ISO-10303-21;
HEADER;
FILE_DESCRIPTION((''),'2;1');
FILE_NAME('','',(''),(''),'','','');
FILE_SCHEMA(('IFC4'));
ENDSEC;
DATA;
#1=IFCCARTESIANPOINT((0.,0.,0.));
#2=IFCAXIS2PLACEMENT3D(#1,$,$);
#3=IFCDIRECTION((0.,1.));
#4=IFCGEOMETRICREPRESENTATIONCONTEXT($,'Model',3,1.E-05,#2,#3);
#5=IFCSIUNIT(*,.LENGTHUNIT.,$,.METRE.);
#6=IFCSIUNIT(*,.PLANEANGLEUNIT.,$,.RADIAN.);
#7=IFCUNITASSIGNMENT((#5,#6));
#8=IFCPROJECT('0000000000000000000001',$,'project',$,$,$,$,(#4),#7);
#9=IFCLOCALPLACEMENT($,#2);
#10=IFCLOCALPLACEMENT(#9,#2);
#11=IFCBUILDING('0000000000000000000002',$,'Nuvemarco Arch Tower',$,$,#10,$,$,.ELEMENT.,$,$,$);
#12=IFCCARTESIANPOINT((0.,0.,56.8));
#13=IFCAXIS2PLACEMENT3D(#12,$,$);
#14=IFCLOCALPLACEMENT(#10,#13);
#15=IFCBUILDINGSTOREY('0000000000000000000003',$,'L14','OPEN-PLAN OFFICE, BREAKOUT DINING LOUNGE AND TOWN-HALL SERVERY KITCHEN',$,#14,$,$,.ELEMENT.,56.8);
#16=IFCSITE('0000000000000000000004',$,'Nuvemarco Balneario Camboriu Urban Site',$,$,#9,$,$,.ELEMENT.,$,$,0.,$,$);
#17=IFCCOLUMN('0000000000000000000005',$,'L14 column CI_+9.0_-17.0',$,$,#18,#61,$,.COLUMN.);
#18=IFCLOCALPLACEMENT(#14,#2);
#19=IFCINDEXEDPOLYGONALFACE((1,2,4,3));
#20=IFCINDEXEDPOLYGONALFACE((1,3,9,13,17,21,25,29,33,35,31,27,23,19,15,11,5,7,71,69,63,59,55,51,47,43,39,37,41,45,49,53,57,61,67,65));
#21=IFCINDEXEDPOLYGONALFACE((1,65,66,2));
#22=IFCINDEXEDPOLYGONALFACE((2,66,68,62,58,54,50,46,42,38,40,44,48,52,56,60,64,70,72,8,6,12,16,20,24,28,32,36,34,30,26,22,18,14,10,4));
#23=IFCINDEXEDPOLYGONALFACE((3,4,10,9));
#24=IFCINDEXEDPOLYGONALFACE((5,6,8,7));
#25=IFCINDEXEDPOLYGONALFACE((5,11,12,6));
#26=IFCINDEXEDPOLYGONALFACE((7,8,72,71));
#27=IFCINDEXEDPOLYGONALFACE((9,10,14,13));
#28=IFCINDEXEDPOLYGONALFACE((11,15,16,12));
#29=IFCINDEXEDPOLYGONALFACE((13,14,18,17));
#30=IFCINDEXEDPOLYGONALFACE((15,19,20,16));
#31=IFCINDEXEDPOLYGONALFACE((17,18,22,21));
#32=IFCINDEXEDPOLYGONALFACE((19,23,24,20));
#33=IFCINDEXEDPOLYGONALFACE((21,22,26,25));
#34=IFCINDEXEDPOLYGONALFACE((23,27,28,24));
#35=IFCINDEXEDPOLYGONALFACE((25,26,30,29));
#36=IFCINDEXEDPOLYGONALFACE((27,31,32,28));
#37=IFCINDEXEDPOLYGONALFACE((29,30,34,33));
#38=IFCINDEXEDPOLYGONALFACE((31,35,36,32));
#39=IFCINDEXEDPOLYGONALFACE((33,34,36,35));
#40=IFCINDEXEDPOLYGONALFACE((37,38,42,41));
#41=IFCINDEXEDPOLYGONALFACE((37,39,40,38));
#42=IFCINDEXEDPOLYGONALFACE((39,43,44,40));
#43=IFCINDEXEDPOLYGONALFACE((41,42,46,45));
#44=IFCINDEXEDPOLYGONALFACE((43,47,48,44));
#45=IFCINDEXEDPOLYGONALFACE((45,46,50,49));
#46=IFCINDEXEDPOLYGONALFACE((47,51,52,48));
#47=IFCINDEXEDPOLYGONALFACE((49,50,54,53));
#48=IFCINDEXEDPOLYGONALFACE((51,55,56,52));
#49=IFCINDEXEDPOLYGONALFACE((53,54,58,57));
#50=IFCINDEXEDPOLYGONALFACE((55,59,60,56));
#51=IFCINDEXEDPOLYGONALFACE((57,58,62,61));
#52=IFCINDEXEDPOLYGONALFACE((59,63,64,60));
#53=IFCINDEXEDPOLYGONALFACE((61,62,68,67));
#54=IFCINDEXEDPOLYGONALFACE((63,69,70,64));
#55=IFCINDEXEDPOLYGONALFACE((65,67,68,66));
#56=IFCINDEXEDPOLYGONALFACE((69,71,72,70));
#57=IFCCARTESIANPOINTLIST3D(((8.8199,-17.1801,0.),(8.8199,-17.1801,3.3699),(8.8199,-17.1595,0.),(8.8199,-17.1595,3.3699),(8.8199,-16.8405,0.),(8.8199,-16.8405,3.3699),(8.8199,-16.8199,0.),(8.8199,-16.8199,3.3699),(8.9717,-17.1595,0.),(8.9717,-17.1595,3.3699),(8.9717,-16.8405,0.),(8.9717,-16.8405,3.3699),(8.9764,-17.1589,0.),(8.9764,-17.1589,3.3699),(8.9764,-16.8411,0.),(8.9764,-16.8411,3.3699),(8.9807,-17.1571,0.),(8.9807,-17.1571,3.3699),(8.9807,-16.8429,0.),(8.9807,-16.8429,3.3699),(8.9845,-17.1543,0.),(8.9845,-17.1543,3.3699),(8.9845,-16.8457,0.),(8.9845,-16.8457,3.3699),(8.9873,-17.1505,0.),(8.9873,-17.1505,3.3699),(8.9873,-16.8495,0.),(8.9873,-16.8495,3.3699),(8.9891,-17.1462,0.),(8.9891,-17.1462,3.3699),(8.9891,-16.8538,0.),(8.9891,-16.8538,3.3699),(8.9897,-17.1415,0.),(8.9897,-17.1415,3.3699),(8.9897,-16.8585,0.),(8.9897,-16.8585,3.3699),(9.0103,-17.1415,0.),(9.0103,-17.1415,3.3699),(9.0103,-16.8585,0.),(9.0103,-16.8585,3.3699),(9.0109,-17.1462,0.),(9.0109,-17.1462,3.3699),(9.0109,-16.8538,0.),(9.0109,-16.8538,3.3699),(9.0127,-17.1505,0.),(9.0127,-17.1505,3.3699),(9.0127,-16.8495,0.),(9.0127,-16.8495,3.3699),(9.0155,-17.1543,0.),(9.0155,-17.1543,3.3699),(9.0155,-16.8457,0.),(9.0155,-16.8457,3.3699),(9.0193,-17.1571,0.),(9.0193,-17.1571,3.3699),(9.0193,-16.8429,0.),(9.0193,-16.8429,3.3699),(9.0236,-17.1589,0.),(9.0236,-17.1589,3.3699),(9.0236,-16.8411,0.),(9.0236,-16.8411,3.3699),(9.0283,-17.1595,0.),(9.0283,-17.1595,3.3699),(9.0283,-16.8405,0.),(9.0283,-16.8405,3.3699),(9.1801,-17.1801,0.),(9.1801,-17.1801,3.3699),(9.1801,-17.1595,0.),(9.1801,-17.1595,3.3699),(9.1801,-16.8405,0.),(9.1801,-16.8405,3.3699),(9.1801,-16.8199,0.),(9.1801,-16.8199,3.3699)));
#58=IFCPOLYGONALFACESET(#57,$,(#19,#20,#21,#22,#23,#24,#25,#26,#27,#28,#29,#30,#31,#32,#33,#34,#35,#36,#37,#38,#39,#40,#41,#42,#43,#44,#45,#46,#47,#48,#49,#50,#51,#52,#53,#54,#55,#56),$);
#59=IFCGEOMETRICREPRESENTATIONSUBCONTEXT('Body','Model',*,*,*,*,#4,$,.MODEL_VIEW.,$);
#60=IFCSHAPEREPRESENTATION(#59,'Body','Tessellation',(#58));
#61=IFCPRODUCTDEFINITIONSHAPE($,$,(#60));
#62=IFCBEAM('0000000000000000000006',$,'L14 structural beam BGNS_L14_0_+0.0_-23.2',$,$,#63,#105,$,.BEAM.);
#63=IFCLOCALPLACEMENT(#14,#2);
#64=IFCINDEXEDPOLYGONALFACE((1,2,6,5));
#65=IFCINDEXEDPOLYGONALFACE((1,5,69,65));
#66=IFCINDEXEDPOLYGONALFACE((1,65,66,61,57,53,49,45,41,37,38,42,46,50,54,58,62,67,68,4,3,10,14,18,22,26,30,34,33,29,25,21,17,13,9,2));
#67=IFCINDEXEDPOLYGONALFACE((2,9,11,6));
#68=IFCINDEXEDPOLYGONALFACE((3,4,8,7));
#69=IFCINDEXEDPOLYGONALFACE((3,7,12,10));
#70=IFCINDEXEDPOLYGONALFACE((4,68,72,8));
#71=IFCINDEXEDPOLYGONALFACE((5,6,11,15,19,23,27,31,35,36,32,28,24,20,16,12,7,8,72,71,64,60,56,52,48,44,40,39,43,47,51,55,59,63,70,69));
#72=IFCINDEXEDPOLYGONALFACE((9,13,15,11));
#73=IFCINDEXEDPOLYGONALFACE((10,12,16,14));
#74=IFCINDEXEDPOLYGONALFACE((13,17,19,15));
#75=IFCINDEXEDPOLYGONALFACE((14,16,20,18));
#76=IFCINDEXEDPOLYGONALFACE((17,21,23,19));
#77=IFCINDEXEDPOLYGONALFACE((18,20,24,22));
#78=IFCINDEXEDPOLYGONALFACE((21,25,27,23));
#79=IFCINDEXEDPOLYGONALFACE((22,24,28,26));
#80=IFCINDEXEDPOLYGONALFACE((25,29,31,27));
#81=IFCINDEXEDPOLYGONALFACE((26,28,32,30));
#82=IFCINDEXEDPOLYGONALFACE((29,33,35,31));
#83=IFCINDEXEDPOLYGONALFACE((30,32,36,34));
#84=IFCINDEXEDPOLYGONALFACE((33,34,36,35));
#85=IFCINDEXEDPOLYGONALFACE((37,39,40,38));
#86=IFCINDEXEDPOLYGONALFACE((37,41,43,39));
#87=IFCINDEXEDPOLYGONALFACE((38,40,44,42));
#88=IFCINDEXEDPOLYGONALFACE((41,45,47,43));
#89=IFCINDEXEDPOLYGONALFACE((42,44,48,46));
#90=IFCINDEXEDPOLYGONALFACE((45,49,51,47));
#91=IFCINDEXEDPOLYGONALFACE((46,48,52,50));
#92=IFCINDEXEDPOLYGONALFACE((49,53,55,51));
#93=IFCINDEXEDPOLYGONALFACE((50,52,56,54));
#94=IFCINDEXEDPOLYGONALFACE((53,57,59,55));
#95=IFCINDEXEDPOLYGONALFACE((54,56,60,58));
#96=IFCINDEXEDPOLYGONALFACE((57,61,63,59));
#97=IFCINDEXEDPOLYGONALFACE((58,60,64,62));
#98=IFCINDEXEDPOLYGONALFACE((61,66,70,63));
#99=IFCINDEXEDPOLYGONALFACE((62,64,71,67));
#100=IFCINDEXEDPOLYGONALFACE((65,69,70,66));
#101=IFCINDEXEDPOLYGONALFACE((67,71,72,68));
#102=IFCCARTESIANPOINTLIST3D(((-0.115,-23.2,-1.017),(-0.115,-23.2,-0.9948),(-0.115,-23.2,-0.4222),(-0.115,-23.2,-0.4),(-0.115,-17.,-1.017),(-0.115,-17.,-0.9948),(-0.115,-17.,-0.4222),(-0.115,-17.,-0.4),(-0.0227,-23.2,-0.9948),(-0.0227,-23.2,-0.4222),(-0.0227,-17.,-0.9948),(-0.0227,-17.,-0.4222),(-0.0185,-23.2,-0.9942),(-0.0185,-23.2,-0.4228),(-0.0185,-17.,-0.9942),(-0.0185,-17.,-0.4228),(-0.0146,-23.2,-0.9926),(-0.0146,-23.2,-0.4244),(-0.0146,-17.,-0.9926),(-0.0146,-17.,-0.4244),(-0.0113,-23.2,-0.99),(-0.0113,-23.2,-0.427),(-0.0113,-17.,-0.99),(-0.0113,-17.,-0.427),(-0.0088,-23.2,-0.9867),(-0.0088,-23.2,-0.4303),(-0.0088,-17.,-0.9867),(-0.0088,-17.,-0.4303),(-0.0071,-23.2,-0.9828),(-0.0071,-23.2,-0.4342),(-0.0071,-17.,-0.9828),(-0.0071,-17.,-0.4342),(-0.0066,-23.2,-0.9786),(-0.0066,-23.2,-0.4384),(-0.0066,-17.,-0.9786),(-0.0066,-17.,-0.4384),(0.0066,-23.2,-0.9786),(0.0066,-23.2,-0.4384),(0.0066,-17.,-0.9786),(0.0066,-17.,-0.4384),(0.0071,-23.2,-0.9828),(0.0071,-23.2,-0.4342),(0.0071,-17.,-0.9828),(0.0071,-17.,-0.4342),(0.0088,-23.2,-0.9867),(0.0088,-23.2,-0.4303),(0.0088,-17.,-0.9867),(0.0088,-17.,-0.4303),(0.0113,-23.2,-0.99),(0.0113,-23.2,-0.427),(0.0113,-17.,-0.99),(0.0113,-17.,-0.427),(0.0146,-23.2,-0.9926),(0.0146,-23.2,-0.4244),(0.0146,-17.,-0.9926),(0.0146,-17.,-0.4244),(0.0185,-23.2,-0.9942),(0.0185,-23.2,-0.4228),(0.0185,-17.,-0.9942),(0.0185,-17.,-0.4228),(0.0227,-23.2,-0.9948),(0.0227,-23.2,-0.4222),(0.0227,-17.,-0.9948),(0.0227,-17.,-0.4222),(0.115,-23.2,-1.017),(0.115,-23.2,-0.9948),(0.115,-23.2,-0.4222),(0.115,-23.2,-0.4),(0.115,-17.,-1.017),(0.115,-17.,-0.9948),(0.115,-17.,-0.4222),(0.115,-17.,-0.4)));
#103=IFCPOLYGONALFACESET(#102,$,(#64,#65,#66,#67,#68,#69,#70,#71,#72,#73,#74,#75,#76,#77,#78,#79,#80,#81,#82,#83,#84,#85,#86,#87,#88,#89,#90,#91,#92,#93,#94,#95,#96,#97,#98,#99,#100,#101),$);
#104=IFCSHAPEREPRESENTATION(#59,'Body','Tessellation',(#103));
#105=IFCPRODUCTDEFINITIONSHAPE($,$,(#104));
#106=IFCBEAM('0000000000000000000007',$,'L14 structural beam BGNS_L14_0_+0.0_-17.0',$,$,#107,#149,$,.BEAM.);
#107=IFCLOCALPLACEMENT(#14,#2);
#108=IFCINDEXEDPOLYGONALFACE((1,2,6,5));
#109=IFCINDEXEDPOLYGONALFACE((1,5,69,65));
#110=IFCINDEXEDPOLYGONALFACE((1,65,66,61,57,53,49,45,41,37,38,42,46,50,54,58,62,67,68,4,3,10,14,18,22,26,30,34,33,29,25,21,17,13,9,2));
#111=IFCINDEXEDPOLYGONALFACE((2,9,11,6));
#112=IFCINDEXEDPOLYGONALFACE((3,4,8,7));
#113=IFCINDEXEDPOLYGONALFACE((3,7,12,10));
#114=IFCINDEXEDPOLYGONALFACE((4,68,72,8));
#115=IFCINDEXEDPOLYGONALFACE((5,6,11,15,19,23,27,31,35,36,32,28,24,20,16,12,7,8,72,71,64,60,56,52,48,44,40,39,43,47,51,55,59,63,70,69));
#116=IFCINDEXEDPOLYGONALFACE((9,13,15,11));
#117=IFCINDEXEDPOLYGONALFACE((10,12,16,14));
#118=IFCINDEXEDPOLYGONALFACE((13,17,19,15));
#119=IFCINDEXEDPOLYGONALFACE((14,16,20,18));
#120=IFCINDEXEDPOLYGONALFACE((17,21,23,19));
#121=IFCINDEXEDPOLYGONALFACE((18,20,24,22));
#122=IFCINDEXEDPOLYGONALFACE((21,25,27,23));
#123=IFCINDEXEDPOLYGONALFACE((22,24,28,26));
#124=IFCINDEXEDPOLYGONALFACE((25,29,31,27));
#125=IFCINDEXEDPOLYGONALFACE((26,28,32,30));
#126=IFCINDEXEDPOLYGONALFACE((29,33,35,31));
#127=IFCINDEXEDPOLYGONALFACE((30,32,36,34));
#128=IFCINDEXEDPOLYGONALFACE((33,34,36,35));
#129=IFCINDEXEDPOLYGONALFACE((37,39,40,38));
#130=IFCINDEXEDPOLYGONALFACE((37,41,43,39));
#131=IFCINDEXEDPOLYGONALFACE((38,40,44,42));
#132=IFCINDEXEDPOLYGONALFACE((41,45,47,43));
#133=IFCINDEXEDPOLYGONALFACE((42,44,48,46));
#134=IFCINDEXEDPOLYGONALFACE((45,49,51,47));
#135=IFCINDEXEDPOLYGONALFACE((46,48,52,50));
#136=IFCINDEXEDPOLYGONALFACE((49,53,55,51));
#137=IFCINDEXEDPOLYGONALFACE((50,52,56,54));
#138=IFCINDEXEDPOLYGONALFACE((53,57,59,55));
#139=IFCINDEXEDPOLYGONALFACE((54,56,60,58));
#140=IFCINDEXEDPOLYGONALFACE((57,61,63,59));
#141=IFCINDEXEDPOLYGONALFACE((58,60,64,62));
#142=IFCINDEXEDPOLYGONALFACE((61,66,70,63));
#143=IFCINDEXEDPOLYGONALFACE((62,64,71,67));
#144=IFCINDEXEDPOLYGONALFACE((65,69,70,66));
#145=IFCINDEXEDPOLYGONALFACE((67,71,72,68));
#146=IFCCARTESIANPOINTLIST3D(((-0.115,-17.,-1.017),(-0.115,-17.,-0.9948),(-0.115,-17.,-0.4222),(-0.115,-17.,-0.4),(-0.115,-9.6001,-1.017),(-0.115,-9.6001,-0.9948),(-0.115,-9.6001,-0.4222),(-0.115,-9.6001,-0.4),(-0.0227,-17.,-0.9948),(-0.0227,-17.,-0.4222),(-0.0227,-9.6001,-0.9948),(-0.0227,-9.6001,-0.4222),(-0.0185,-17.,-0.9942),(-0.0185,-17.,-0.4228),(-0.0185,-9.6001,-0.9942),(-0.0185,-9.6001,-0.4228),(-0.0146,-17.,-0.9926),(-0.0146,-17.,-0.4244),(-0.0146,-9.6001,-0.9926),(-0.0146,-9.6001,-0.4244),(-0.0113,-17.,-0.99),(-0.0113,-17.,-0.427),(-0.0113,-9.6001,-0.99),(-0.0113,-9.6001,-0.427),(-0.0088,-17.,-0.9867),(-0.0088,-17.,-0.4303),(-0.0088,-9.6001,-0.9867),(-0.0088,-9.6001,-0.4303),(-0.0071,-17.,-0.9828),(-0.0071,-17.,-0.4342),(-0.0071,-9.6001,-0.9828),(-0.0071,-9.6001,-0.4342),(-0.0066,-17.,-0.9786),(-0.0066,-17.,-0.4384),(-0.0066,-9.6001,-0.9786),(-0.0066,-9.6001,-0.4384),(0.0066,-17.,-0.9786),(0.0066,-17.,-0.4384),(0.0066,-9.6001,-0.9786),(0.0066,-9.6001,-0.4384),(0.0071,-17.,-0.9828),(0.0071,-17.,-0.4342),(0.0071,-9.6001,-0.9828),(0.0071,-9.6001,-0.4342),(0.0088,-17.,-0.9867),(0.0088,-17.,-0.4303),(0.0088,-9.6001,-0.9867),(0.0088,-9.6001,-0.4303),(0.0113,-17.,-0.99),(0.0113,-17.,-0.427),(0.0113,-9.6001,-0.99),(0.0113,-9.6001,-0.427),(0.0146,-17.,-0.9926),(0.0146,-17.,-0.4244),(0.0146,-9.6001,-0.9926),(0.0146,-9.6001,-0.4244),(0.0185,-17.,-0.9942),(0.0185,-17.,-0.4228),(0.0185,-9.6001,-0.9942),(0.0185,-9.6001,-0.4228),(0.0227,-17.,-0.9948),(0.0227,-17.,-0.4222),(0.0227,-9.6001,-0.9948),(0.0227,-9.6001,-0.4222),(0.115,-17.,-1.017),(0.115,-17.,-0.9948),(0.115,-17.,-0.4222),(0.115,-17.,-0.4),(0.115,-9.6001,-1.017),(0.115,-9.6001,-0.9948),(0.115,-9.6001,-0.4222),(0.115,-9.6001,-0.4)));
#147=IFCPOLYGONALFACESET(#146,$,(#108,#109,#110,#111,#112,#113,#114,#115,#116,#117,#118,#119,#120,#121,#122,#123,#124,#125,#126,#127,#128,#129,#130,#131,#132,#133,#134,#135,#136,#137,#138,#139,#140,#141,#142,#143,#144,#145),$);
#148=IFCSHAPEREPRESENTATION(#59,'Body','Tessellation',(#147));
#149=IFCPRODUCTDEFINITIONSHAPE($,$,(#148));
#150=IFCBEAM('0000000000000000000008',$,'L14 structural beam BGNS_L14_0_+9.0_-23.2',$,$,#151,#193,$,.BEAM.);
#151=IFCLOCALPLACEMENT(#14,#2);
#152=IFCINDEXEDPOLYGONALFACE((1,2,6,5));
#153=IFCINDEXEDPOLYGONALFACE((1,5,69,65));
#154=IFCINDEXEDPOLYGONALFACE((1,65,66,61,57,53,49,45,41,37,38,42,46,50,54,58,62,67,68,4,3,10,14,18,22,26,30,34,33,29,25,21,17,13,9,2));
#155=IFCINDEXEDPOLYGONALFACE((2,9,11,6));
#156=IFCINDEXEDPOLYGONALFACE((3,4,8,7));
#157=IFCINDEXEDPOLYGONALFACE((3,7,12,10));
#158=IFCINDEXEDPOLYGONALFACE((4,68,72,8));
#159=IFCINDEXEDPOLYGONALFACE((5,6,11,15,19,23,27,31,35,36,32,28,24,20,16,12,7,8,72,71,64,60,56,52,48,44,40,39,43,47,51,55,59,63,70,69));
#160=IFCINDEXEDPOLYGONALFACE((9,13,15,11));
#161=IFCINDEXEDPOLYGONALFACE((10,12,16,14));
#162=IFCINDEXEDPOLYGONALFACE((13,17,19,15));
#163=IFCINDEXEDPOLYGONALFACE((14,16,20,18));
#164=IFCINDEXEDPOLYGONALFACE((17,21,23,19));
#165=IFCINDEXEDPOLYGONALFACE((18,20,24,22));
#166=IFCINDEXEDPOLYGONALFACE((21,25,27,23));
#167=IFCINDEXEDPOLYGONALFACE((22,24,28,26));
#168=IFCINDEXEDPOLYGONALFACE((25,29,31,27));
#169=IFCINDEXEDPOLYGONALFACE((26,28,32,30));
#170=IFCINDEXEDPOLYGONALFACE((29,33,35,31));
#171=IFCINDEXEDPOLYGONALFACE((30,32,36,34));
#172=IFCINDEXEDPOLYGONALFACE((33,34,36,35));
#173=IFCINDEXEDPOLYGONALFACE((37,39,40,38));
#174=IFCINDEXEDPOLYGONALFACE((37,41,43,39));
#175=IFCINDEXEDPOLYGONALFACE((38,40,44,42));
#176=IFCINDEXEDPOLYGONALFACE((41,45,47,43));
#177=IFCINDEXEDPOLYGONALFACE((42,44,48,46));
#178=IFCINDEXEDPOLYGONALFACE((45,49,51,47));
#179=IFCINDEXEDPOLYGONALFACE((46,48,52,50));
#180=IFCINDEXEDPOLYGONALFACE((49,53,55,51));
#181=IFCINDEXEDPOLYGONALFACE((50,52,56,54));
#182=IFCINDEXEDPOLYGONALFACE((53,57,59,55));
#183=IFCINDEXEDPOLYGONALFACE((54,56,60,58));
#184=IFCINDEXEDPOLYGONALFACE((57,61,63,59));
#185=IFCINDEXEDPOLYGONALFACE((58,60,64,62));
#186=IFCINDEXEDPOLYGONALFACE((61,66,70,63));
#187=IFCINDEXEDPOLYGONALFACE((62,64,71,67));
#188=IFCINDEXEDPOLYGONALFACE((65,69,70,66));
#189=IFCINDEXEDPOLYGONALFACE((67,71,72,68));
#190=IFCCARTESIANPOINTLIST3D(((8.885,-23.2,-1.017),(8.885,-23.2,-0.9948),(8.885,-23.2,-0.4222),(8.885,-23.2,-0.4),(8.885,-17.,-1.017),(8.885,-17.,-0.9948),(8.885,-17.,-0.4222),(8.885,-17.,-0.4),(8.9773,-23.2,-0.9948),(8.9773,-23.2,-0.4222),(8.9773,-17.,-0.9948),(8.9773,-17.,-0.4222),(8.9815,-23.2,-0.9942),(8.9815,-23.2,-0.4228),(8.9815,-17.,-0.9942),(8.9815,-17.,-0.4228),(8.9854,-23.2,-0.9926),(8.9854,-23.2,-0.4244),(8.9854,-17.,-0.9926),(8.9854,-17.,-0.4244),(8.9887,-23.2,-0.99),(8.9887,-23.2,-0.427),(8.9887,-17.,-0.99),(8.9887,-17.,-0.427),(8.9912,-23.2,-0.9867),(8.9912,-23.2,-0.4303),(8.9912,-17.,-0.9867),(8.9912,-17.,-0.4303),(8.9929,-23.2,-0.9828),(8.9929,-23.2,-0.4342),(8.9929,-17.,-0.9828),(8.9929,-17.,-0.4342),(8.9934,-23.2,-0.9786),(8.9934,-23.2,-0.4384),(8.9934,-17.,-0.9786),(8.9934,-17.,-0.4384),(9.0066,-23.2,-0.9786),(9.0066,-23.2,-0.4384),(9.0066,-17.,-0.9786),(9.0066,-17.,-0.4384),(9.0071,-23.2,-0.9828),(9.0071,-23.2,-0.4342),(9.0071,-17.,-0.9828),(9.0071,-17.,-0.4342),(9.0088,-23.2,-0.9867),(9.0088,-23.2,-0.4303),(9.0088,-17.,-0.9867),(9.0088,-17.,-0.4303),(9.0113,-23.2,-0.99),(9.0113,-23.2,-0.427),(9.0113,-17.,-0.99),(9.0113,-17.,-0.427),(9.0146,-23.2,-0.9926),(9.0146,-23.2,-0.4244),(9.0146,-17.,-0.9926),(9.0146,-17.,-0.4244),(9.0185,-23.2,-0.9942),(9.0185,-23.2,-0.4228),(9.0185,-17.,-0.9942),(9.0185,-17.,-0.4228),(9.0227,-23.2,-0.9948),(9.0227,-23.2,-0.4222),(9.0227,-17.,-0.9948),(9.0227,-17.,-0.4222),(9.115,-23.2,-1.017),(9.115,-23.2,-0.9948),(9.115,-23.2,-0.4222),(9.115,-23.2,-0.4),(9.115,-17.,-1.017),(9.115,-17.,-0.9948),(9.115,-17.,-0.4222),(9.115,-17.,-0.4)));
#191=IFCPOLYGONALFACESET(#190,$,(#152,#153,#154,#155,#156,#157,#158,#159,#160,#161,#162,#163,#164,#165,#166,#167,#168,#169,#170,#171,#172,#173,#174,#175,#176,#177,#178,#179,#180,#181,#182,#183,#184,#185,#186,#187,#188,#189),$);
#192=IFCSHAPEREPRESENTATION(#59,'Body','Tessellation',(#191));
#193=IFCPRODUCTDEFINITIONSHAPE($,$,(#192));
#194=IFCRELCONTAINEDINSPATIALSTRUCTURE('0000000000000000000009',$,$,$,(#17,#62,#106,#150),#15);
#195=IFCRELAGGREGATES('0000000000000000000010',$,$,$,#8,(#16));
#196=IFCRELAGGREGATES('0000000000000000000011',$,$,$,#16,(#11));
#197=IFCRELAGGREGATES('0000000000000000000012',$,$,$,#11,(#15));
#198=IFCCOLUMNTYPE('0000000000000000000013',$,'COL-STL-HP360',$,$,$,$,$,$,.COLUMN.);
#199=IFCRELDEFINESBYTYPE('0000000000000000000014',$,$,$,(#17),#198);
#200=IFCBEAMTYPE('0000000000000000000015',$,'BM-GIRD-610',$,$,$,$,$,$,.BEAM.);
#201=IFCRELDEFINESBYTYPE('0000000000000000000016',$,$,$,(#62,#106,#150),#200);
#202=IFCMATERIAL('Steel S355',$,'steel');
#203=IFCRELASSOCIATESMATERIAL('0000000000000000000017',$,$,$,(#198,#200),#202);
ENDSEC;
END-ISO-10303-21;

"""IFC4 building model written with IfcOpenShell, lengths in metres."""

from ifc_helpers import new_model, si_unit, direction, frame, origin, origin_2d, place, context, subcontext, project, spatial, i_section, extrude, material, material_profile, profile_set, type_object, element, save


model = new_model("IFC4")

# Units and contexts
model_context = context("Model", 3, precision=1e-05, world=origin(), true_north=direction((0.0, 1.0)))
body_context = subcontext(model_context, "Body", "Model", "MODEL_VIEW")
ifc_project = project(units=[si_unit("LENGTHUNIT", "METRE"), si_unit("PLANEANGLEUNIT", "RADIAN")], contexts=[model_context])

# Site, building, storey
site_placement = place(None, origin())
site = spatial("IfcSite", under=ifc_project, at=site_placement, Name="Nuvemarco Balneario Camboriu Urban Site", CompositionType="ELEMENT", RefElevation=0.0)
building_placement = place(site_placement, origin())
building = spatial("IfcBuilding", under=site, at=building_placement, Name="Nuvemarco Arch Tower", CompositionType="ELEMENT")
storey_placement = place(building_placement, frame((0.0, 0.0, 56.8)))
storey = spatial("IfcBuildingStorey", under=building, at=storey_placement, Name="L14", Description="OPEN-PLAN OFFICE, BREAKOUT DINING LOUNGE AND TOWN-HALL SERVERY KITCHEN", CompositionType="ELEMENT", Elevation=56.8)

# Column
ifc_material_1 = material(Name="Steel S355", Category="steel")
ifc_material_profile_1 = material_profile(ifc_material_1, i_section(OverallWidth=0.3601, OverallDepth=0.3601, WebThickness=0.0205, FlangeThickness=0.0205, FilletRadius=0.0181, at=origin_2d()), Name="HP360x174")
ifc_profile_set_1 = profile_set([ifc_material_profile_1], Name="Steel S355")
column_type_1 = type_object("IfcColumnType", Name="COL-STL-HP360", PredefinedType="COLUMN", material=ifc_profile_set_1)
for number, where, z_axis, x_axis, name in (
    (1, (9.0, -17.0, 0.0), (0.0, 0.0, 1.0), (1.0, 0.0, 0.0), "L14 column CI_+9.0_-17.0"),
):
    element("IfcColumn", number, at=place(storey_placement, frame(where, z_axis=z_axis, x_axis=x_axis)), inside=storey, type_object=column_type_1, Name=name, PredefinedType="COLUMN", context=body_context, shape_type="SweptSolid", body=[
        extrude(i_section(OverallWidth=0.3601, OverallDepth=0.3601, WebThickness=0.0205, FlangeThickness=0.0205, FilletRadius=0.0181, at=origin_2d()), origin(), (0.0, 0.0, 1.0), 3.3699),
    ])

# Beams
ifc_material_profile_2 = material_profile(ifc_material_1, i_section(OverallWidth=0.23, OverallDepth=0.6169, WebThickness=0.0132, FlangeThickness=0.0222, FilletRadius=0.0161, at=origin_2d()), Name="W610x140")
ifc_profile_set_2 = profile_set([ifc_material_profile_2], Name="Steel S355")
beam_type_1 = type_object("IfcBeamType", Name="BM-GIRD-610", PredefinedType="BEAM", material=ifc_profile_set_2)
beam_1_placement = place(storey_placement, frame((0.0, -23.2, -0.7085), z_axis=(0.0, 1.0, 0.0), x_axis=(-1.0, 0.0, 0.0)))
element("IfcBeam", 2, at=beam_1_placement, inside=storey, type_object=beam_type_1, Name="L14 structural beam BGNS_L14_0_+0.0_-23.2", PredefinedType="BEAM", context=body_context, shape_type="SweptSolid", body=[
    extrude(i_section(OverallWidth=0.23, OverallDepth=0.6169, WebThickness=0.0132, FlangeThickness=0.0222, FilletRadius=0.0161, at=origin_2d()), origin(), (0.0, 0.0, 1.0), 6.2),
])
beam_2_placement = place(storey_placement, frame((0.0, -17.0, -0.7085), z_axis=(0.0, 1.0, 0.0), x_axis=(-1.0, 0.0, 0.0)))
element("IfcBeam", 3, at=beam_2_placement, inside=storey, type_object=beam_type_1, Name="L14 structural beam BGNS_L14_0_+0.0_-17.0", PredefinedType="BEAM", context=body_context, shape_type="SweptSolid", body=[
    extrude(i_section(OverallWidth=0.23, OverallDepth=0.6169, WebThickness=0.0132, FlangeThickness=0.0222, FilletRadius=0.0161, at=origin_2d()), origin(), (0.0, 0.0, 1.0), 7.3999),
])
beam_3_placement = place(storey_placement, frame((9.0, -23.2, -0.7085), z_axis=(0.0, 1.0, 0.0), x_axis=(-1.0, 0.0, 0.0)))
element("IfcBeam", 4, at=beam_3_placement, inside=storey, type_object=beam_type_1, Name="L14 structural beam BGNS_L14_0_+9.0_-23.2", PredefinedType="BEAM", context=body_context, shape_type="SweptSolid", body=[
    extrude(i_section(OverallWidth=0.23, OverallDepth=0.6169, WebThickness=0.0132, FlangeThickness=0.0222, FilletRadius=0.0161, at=origin_2d()), origin(), (0.0, 0.0, 1.0), 6.2),
])

save(model, "model.ifc")
